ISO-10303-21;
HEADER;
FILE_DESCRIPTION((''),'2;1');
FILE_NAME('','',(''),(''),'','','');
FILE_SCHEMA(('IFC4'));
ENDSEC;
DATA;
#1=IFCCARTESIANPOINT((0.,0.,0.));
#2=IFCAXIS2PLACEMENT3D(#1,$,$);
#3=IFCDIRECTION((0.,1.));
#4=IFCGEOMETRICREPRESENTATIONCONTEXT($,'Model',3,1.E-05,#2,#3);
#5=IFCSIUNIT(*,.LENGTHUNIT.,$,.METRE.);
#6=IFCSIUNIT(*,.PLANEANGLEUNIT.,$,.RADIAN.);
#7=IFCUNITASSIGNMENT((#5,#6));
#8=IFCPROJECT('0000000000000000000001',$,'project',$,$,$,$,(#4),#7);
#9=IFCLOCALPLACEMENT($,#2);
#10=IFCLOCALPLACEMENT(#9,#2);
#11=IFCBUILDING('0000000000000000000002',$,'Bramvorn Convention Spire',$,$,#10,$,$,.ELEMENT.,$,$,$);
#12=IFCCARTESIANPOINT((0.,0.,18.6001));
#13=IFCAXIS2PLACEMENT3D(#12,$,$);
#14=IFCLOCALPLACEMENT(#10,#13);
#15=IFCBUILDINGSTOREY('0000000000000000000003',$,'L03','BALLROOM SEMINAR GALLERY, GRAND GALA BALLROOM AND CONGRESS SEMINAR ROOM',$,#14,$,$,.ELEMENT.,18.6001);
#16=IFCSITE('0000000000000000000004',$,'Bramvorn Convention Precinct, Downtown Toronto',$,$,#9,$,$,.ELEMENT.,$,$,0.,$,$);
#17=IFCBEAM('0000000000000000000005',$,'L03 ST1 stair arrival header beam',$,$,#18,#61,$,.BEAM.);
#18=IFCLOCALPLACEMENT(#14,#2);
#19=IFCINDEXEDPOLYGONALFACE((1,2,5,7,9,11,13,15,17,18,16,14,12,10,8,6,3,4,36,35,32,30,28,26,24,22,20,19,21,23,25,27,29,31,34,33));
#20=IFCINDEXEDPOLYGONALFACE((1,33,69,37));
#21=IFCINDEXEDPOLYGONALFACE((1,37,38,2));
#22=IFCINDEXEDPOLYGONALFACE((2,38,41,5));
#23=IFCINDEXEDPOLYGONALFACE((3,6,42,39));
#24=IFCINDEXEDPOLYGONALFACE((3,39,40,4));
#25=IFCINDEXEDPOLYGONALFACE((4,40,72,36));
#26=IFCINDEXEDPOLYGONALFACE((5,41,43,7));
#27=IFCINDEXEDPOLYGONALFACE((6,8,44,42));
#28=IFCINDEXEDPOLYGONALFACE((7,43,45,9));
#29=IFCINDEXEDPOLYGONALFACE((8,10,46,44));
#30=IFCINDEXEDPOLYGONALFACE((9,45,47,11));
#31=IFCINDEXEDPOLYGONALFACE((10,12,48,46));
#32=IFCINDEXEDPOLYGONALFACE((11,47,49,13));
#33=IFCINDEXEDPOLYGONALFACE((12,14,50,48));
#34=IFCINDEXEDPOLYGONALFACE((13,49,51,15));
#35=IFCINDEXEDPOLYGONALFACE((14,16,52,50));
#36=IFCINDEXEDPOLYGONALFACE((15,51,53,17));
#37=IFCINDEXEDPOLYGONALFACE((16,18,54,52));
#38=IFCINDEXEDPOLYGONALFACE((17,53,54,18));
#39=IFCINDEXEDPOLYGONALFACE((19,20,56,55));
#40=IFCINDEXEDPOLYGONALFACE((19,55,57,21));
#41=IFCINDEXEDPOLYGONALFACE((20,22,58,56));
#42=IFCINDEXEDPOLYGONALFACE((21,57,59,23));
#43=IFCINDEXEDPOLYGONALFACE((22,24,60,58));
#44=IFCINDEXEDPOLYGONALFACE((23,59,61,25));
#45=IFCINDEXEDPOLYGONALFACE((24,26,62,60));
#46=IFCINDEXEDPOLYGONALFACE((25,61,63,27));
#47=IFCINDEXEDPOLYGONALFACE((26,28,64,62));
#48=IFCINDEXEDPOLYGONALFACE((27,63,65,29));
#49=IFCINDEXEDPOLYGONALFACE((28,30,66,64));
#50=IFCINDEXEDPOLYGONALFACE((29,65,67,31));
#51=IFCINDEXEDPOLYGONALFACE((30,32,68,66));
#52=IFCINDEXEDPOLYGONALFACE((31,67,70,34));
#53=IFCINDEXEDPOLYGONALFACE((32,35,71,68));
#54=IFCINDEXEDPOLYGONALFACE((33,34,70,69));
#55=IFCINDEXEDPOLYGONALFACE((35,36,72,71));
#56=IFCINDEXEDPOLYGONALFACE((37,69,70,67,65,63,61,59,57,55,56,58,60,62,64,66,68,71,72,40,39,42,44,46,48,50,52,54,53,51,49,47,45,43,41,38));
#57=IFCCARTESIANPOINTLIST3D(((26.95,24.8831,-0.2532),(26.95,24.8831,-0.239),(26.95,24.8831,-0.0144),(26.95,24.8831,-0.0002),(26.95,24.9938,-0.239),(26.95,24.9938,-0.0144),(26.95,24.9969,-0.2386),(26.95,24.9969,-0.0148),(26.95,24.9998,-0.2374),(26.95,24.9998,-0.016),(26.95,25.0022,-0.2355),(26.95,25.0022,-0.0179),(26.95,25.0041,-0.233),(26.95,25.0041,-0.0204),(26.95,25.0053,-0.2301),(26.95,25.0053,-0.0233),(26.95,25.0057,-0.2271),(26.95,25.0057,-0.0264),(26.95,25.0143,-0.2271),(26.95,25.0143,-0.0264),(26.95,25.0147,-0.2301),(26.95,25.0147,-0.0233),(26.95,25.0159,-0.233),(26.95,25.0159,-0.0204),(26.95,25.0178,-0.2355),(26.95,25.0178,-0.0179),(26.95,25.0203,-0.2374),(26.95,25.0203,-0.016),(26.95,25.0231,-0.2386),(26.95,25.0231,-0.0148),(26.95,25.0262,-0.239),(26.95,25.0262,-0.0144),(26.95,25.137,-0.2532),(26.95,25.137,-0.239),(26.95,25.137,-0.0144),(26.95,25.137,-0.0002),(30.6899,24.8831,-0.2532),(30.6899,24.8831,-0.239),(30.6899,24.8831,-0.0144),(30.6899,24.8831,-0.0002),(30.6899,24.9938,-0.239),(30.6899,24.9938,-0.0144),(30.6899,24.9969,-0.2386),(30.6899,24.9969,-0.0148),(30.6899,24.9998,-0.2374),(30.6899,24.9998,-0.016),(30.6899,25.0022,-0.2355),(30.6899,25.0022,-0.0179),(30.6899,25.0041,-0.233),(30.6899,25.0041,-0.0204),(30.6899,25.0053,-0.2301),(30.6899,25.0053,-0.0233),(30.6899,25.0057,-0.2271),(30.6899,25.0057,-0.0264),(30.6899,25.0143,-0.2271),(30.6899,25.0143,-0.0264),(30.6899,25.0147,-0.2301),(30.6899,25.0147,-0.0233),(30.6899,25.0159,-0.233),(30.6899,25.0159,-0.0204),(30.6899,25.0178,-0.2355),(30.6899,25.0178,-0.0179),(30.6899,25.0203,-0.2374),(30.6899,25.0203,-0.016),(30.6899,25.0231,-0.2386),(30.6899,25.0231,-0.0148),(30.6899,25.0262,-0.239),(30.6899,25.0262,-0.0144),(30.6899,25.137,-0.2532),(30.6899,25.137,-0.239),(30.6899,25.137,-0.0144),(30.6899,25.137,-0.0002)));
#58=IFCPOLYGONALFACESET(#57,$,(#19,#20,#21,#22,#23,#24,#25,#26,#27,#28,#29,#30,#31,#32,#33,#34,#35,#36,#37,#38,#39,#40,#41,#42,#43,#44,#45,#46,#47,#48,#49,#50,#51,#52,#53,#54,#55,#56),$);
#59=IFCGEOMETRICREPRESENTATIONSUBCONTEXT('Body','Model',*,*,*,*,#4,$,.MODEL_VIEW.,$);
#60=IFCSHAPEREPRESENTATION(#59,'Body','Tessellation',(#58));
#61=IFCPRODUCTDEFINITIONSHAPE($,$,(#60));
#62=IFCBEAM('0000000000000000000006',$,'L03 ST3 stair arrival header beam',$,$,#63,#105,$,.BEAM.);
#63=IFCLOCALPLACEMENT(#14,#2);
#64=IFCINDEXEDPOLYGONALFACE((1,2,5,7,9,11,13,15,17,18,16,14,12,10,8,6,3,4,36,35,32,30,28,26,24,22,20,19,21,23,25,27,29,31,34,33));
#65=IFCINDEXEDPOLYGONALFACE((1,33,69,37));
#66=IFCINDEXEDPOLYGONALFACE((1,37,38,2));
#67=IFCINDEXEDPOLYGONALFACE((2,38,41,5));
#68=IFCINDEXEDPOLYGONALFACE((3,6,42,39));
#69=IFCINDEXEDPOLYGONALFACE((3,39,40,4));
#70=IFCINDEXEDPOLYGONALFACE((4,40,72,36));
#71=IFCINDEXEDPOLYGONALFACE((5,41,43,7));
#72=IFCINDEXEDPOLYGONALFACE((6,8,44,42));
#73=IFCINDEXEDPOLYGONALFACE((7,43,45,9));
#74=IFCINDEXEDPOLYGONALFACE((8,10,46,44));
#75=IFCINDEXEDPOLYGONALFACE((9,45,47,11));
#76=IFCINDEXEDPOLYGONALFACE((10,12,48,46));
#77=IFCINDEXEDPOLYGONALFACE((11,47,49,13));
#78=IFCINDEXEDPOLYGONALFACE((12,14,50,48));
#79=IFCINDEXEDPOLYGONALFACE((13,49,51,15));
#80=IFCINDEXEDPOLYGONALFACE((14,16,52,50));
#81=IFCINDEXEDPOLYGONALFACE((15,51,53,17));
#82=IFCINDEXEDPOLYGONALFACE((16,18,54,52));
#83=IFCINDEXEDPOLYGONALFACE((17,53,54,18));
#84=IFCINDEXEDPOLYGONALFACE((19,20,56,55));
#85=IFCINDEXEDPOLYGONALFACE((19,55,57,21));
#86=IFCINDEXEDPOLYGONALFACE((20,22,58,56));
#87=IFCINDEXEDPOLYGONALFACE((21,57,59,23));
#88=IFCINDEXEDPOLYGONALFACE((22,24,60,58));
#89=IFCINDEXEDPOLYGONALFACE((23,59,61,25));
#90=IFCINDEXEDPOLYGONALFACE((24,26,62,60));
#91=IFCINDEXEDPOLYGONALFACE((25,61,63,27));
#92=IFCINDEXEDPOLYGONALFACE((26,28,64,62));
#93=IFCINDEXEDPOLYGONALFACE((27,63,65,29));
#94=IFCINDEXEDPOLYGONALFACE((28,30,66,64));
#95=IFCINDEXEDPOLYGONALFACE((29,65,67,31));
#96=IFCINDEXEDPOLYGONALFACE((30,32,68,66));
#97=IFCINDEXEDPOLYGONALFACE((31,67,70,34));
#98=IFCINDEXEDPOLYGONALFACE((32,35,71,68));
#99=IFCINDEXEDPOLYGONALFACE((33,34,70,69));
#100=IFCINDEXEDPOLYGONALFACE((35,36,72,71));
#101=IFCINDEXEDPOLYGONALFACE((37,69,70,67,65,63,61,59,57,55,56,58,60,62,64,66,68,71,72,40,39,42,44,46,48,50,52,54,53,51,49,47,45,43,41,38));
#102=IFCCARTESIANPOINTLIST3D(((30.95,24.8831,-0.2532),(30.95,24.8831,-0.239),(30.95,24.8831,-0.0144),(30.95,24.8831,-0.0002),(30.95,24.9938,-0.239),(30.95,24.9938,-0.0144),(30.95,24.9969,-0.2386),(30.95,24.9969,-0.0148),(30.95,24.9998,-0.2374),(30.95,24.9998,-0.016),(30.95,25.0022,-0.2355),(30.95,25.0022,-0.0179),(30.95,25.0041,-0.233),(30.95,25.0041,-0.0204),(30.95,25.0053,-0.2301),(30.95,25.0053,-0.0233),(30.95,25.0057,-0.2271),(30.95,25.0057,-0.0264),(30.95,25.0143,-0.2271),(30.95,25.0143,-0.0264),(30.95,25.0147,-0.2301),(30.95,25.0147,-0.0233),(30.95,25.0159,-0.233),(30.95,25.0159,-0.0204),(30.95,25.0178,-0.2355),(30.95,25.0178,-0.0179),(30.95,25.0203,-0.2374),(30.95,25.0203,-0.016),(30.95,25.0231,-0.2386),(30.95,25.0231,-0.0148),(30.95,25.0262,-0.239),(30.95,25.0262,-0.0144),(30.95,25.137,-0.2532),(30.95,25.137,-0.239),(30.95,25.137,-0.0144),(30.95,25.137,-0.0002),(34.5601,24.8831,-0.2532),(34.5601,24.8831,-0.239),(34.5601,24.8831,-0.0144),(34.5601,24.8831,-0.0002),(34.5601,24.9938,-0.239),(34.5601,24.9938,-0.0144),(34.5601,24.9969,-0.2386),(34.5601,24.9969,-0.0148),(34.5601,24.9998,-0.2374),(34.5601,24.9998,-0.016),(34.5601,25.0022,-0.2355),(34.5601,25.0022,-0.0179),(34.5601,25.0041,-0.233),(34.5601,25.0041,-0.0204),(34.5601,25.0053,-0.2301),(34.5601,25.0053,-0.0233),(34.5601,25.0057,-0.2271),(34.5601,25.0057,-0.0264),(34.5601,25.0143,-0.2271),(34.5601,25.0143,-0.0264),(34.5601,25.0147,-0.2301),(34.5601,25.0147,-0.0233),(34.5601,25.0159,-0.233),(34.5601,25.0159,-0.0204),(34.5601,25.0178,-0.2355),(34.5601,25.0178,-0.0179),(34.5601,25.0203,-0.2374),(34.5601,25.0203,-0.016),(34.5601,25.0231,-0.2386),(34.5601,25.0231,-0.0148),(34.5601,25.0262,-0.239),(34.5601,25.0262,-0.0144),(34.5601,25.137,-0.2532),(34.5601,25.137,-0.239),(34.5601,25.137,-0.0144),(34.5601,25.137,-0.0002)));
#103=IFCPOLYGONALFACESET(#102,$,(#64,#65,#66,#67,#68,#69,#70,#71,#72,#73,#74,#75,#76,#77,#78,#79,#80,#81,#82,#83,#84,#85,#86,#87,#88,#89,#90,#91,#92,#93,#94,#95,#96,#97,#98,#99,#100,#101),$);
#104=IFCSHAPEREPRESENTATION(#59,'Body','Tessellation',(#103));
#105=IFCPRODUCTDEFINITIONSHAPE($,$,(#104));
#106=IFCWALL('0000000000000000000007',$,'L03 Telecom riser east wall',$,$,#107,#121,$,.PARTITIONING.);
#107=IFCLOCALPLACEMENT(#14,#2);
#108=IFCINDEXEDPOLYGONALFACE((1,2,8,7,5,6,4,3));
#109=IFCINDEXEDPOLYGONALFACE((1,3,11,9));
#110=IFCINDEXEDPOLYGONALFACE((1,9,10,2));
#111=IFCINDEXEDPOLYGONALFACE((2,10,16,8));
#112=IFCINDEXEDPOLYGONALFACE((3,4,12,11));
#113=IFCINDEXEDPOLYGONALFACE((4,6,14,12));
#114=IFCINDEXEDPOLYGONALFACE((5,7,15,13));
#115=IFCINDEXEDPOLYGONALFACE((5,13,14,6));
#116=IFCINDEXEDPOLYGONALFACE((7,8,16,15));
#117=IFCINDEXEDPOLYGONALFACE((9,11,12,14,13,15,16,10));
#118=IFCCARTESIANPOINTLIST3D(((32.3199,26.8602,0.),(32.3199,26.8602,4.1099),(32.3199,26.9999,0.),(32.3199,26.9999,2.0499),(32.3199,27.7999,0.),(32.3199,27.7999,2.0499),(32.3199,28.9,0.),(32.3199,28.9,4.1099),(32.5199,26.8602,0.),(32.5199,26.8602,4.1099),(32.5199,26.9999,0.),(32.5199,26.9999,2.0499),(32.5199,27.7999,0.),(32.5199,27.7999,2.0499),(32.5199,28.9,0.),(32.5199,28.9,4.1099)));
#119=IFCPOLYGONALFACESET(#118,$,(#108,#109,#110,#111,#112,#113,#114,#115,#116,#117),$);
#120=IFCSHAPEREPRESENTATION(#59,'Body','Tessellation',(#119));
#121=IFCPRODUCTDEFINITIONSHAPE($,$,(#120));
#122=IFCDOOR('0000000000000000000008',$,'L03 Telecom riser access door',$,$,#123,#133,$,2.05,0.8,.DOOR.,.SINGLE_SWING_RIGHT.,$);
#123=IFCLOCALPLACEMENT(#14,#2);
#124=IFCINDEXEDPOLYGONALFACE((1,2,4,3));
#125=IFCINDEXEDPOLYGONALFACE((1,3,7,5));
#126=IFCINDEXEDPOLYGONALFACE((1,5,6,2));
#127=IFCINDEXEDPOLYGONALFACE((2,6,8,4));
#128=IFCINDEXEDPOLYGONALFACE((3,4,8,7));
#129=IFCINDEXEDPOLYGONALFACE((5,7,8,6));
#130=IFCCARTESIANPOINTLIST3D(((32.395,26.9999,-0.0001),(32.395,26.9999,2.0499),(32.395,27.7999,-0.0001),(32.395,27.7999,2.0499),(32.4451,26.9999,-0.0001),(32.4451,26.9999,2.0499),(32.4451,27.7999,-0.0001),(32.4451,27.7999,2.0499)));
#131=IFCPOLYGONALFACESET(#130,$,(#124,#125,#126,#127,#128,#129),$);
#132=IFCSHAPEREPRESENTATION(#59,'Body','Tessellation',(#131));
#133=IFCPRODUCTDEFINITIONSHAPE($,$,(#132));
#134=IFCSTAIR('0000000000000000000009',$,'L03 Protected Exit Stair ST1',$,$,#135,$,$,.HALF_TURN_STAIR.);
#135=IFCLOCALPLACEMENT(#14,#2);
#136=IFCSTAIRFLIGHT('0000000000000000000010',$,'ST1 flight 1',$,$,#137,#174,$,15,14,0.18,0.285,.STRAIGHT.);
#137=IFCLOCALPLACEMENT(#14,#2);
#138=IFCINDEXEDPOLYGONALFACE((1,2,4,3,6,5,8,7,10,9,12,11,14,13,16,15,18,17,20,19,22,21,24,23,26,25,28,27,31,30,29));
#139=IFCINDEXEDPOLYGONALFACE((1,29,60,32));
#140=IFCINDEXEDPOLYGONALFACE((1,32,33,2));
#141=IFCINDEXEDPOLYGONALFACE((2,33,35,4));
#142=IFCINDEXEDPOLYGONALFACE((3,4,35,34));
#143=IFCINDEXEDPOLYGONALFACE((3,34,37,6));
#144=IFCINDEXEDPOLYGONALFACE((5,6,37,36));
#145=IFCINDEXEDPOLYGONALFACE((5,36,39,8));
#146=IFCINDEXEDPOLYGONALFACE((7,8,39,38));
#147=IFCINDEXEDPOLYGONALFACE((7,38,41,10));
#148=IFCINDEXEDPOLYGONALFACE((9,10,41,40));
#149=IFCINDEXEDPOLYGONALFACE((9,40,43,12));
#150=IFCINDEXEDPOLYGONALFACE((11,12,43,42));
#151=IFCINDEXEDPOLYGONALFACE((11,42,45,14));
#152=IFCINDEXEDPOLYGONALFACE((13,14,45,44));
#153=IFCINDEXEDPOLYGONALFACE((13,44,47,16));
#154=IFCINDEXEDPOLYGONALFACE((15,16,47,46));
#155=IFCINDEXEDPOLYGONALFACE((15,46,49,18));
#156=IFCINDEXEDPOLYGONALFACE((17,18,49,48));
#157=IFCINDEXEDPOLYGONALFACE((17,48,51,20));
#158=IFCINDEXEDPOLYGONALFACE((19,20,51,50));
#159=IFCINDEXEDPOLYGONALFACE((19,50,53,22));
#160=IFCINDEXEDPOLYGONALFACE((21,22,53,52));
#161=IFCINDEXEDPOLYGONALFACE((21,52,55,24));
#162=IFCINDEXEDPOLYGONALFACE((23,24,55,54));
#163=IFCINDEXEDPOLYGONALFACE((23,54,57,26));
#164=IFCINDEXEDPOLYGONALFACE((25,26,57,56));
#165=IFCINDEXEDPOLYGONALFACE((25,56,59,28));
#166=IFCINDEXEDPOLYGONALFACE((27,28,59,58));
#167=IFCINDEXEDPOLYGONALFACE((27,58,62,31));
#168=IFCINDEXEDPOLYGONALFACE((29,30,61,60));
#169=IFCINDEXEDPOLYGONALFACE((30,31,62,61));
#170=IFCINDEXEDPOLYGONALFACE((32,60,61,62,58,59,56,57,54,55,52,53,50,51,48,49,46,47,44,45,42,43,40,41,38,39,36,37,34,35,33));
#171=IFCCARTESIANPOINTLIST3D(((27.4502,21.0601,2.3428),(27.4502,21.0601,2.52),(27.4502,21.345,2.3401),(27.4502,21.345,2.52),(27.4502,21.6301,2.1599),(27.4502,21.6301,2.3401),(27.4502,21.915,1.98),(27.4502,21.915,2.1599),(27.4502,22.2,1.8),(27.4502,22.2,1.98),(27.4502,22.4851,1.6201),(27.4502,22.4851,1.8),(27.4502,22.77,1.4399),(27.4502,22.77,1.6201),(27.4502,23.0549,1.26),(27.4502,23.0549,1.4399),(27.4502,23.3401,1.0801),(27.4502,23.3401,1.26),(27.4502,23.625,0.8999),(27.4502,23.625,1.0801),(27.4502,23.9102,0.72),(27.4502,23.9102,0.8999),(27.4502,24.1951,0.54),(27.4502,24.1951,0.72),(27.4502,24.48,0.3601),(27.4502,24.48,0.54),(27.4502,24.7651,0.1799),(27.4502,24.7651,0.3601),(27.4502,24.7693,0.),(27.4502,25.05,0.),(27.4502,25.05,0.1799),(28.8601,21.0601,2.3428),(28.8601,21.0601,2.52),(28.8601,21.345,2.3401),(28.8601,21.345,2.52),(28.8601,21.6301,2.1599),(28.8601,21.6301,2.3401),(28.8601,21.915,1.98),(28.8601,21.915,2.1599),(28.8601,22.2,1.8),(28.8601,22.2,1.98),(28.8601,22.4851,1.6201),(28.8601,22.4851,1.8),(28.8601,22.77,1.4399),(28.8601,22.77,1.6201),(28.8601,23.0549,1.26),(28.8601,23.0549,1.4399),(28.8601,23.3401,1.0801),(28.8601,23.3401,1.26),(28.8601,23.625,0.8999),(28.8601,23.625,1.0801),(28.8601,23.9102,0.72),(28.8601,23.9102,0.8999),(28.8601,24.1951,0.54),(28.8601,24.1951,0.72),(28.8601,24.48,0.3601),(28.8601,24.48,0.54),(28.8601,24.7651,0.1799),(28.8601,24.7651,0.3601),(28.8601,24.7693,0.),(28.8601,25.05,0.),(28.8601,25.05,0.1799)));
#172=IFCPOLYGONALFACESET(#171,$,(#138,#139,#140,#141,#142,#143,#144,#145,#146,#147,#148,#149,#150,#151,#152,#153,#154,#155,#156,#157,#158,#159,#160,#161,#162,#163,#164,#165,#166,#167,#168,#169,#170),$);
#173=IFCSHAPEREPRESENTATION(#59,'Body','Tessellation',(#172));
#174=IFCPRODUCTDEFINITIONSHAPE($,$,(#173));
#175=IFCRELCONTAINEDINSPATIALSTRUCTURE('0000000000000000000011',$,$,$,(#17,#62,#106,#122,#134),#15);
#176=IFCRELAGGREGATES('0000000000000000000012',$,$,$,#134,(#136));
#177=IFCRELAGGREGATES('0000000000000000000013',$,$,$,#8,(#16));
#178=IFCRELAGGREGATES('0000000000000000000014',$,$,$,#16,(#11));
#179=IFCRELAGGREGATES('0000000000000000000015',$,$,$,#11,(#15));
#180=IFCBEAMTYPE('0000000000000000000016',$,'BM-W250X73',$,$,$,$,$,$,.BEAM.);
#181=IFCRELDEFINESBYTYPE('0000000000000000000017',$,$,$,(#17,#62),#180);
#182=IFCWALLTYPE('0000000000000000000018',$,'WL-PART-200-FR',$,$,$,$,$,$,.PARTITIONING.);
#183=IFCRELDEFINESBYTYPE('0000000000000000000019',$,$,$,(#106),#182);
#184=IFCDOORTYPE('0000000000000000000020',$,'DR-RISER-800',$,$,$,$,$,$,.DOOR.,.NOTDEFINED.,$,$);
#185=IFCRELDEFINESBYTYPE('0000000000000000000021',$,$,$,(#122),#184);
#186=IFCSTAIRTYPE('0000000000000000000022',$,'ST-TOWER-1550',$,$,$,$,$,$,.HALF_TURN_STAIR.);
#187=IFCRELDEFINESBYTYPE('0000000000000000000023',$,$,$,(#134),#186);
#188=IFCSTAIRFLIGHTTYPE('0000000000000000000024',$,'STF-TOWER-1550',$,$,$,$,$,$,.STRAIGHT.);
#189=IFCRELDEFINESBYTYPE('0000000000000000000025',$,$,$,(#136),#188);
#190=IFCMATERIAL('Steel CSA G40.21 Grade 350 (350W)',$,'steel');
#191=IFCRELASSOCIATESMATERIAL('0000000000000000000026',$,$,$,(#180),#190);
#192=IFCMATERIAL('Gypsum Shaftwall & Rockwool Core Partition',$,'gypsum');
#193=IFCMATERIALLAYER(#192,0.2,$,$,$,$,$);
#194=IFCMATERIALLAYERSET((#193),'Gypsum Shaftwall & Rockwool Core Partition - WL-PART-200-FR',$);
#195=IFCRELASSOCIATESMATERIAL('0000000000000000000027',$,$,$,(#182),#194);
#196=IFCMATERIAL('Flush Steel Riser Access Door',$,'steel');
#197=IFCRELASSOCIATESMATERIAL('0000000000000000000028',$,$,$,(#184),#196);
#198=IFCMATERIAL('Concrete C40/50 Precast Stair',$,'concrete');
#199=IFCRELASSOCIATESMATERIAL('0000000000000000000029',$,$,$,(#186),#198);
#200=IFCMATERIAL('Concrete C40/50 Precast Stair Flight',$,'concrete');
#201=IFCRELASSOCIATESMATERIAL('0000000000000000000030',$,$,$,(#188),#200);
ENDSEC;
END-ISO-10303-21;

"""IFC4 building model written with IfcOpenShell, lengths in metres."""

from ifc_helpers import new_model, si_unit, direction, frame, frame_2d, origin, origin_2d, place, context, subcontext, project, spatial, polyline, rectangle, i_section, outline, extrude, material, layer, layer_set, material_profile, profile_set, type_object, element, fill, aggregate, save


model = new_model("IFC4")

# Units and contexts
model_context = context("Model", 3, precision=1e-05, world=origin(), true_north=direction((0.0, 1.0)))
body_context = subcontext(model_context, "Body", "Model", "MODEL_VIEW")
ifc_project = project(units=[si_unit("LENGTHUNIT", "METRE"), si_unit("PLANEANGLEUNIT", "RADIAN")], contexts=[model_context])

# Site, building, storey
site_placement = place(None, origin())
site = spatial("IfcSite", under=ifc_project, at=site_placement, Name="Bramvorn Convention Precinct, Downtown Toronto", CompositionType="ELEMENT", RefElevation=0.0)
building_placement = place(site_placement, origin())
building = spatial("IfcBuilding", under=site, at=building_placement, Name="Bramvorn Convention Spire", CompositionType="ELEMENT")
storey_placement = place(building_placement, frame((0.0, 0.0, 18.6001)))
storey = spatial("IfcBuildingStorey", under=building, at=storey_placement, Name="L03", Description="BALLROOM SEMINAR GALLERY, GRAND GALA BALLROOM AND CONGRESS SEMINAR ROOM", CompositionType="ELEMENT", Elevation=18.6001)

# Beams
ifc_material_1 = material(Name="Steel CSA G40.21 Grade 350 (350W)", Category="steel")
ifc_material_profile = material_profile(ifc_material_1, i_section(OverallWidth=0.2539, OverallDepth=0.2529, WebThickness=0.0085, FlangeThickness=0.0142, FilletRadius=0.012, at=origin_2d()))
ifc_profile_set = profile_set([ifc_material_profile], Name="Steel CSA G40.21 Grade 350 (350W) - W250X73")
beam_type = type_object("IfcBeamType", Name="BM-W250X73", PredefinedType="BEAM", material=ifc_profile_set)
beam_1_placement = place(storey_placement, frame((26.95, 25.01, -0.1267), z_axis=(1.0, 0.0, 0.0), x_axis=(0.0, 1.0, 0.0)))
element("IfcBeam", 1, at=beam_1_placement, inside=storey, type_object=beam_type, Name="L03 ST1 stair arrival header beam", PredefinedType="BEAM", context=body_context, shape_type="SweptSolid", body=[
    extrude(i_section(OverallWidth=0.2539, OverallDepth=0.2529, WebThickness=0.0085, FlangeThickness=0.0142, FilletRadius=0.012, at=origin_2d()), origin(), (0.0, 0.0, 1.0), 3.74),
])
beam_2_placement = place(storey_placement, frame((30.95, 25.01, -0.1267), z_axis=(1.0, 0.0, 0.0), x_axis=(0.0, 1.0, 0.0)))
element("IfcBeam", 2, at=beam_2_placement, inside=storey, type_object=beam_type, Name="L03 ST3 stair arrival header beam", PredefinedType="BEAM", context=body_context, shape_type="SweptSolid", body=[
    extrude(i_section(OverallWidth=0.2539, OverallDepth=0.2529, WebThickness=0.0085, FlangeThickness=0.0142, FilletRadius=0.012, at=origin_2d()), origin(), (0.0, 0.0, 1.0), 3.6101),
])

# Wall, opening, door
ifc_material_2 = material(Name="Gypsum Shaftwall & Rockwool Core Partition", Category="gypsum")
ifc_layer_1 = layer(ifc_material_2, 0.2)
ifc_layer_set_1 = layer_set([ifc_layer_1], Name="Gypsum Shaftwall & Rockwool Core Partition - WL-PART-200-FR")
wall_type_1 = type_object("IfcWallType", Name="WL-PART-200-FR", PredefinedType="PARTITIONING", material=ifc_layer_set_1)
wall_1_placement = place(storey_placement, frame((32.4199, 26.8601, 0.0), z_axis=(0.0, 0.0, 1.0), x_axis=(0.0, 1.0, 0.0)))
wall_1 = element("IfcWall", 3, at=wall_1_placement, inside=storey, type_object=wall_type_1, Name="L03 Telecom riser east wall", PredefinedType="PARTITIONING", context=body_context, shape_type="SweptSolid", body=[
    extrude(rectangle(XDim=2.0398, YDim=0.2, at=frame_2d((1.02, 0.0))), origin(), (0.0, 0.0, 1.0), 4.1099),
])
opening_1_placement = place(wall_1_placement, frame((0.1399, 0.0, 0.0)))
opening_1 = element("IfcOpeningElement", 4, at=opening_1_placement, cuts=wall_1, PredefinedType="OPENING", context=body_context, shape_type="SweptSolid", body=[
    extrude(rectangle(XDim=0.8, YDim=2.05, at=frame_2d((0.3999, 1.0249))), frame((0.0, 0.1099, 0.0), z_axis=(0.0, -1.0, 0.0), x_axis=(1.0, 0.0, 0.0)), (0.0, 0.0, 1.0), 0.22),
])
ifc_material_3 = material(Name="Flush Steel Riser Access Door", Category="steel")
door_type_1 = type_object("IfcDoorType", Name="DR-RISER-800", OperationType="NOTDEFINED", PredefinedType="DOOR", material=ifc_material_3)
door_1_placement = place(opening_1_placement, origin())
door_1 = element("IfcDoor", 5, at=door_1_placement, inside=storey, type_object=door_type_1, Name="L03 Telecom riser access door", OperationType="SINGLE_SWING_RIGHT", OverallHeight=2.05, OverallWidth=0.8, PredefinedType="DOOR", context=body_context, shape_type="SweptSolid", body=[
    extrude(rectangle(XDim=0.8, YDim=2.05, at=frame_2d((0.3999, 1.0249))), frame((0.0, 0.0249, 0.0), z_axis=(0.0, -1.0, 0.0), x_axis=(1.0, 0.0, 0.0)), (0.0, 0.0, 1.0), 0.05),
])
fill(opening_1, door_1)

# Stair, stair flight
ifc_material_4 = material(Name="Concrete C40/50 Precast Stair", Category="concrete")
stair_type = type_object("IfcStairType", Name="ST-TOWER-1550", PredefinedType="HALF_TURN_STAIR", material=ifc_material_4)
stair_1_placement = place(storey_placement, origin())
stair_1 = element("IfcStair", 6, at=stair_1_placement, inside=storey, type_object=stair_type, Name="L03 Protected Exit Stair ST1", PredefinedType="HALF_TURN_STAIR")
ifc_material_5 = material(Name="Concrete C40/50 Precast Stair Flight", Category="concrete")
stair_flight_type = type_object("IfcStairFlightType", Name="STF-TOWER-1550", PredefinedType="STRAIGHT", material=ifc_material_5)
stair_flight_1_placement = place(storey_placement, frame((28.155, 25.05, 0.0), z_axis=(0.0, 0.0, 1.0), x_axis=(0.0, -1.0, 0.0)))
stair_flight_1 = element("IfcStairFlight", 7, at=stair_flight_1_placement, type_object=stair_flight_type, Name="ST1 flight 1", NumberOfRisers=15, NumberOfTreads=14, PredefinedType="STRAIGHT", RiserHeight=0.18, TreadLength=0.285, context=body_context, shape_type="SweptSolid", body=[
    extrude(outline(polyline([(0.0, 0.0), (0.0, 0.1799), (0.2849, 0.1799), (0.2849, 0.3601), (0.5701, 0.3601), (0.5701, 0.54), (0.855, 0.54), (0.855, 0.72), (1.1399, 0.72), (1.1399, 0.8999), (1.425, 0.8999), (1.425, 1.0801), (1.71, 1.0801), (1.71, 1.26), (1.9951, 1.26), (1.9951, 1.4399), (2.28, 1.4399), (2.28, 1.6201), (2.5649, 1.6201), (2.5649, 1.8), (2.8501, 1.8), (2.8501, 1.98), (3.135, 1.98), (3.135, 2.1599), (3.4199, 2.1599), (3.4199, 2.3401), (3.7051, 2.3401), (3.7051, 2.52), (3.99, 2.52), (3.99, 2.7), (3.99, 2.3428), (0.2808, 0.0), (0.0, 0.0)])), frame((0.0, 0.7051, 0.0), z_axis=(0.0, -1.0, 0.0), x_axis=(1.0, 0.0, 0.0)), (0.0, 0.0, 1.0), 1.4099),
])
aggregate(stair_1, [stair_flight_1])

save(model, "model.ifc")
